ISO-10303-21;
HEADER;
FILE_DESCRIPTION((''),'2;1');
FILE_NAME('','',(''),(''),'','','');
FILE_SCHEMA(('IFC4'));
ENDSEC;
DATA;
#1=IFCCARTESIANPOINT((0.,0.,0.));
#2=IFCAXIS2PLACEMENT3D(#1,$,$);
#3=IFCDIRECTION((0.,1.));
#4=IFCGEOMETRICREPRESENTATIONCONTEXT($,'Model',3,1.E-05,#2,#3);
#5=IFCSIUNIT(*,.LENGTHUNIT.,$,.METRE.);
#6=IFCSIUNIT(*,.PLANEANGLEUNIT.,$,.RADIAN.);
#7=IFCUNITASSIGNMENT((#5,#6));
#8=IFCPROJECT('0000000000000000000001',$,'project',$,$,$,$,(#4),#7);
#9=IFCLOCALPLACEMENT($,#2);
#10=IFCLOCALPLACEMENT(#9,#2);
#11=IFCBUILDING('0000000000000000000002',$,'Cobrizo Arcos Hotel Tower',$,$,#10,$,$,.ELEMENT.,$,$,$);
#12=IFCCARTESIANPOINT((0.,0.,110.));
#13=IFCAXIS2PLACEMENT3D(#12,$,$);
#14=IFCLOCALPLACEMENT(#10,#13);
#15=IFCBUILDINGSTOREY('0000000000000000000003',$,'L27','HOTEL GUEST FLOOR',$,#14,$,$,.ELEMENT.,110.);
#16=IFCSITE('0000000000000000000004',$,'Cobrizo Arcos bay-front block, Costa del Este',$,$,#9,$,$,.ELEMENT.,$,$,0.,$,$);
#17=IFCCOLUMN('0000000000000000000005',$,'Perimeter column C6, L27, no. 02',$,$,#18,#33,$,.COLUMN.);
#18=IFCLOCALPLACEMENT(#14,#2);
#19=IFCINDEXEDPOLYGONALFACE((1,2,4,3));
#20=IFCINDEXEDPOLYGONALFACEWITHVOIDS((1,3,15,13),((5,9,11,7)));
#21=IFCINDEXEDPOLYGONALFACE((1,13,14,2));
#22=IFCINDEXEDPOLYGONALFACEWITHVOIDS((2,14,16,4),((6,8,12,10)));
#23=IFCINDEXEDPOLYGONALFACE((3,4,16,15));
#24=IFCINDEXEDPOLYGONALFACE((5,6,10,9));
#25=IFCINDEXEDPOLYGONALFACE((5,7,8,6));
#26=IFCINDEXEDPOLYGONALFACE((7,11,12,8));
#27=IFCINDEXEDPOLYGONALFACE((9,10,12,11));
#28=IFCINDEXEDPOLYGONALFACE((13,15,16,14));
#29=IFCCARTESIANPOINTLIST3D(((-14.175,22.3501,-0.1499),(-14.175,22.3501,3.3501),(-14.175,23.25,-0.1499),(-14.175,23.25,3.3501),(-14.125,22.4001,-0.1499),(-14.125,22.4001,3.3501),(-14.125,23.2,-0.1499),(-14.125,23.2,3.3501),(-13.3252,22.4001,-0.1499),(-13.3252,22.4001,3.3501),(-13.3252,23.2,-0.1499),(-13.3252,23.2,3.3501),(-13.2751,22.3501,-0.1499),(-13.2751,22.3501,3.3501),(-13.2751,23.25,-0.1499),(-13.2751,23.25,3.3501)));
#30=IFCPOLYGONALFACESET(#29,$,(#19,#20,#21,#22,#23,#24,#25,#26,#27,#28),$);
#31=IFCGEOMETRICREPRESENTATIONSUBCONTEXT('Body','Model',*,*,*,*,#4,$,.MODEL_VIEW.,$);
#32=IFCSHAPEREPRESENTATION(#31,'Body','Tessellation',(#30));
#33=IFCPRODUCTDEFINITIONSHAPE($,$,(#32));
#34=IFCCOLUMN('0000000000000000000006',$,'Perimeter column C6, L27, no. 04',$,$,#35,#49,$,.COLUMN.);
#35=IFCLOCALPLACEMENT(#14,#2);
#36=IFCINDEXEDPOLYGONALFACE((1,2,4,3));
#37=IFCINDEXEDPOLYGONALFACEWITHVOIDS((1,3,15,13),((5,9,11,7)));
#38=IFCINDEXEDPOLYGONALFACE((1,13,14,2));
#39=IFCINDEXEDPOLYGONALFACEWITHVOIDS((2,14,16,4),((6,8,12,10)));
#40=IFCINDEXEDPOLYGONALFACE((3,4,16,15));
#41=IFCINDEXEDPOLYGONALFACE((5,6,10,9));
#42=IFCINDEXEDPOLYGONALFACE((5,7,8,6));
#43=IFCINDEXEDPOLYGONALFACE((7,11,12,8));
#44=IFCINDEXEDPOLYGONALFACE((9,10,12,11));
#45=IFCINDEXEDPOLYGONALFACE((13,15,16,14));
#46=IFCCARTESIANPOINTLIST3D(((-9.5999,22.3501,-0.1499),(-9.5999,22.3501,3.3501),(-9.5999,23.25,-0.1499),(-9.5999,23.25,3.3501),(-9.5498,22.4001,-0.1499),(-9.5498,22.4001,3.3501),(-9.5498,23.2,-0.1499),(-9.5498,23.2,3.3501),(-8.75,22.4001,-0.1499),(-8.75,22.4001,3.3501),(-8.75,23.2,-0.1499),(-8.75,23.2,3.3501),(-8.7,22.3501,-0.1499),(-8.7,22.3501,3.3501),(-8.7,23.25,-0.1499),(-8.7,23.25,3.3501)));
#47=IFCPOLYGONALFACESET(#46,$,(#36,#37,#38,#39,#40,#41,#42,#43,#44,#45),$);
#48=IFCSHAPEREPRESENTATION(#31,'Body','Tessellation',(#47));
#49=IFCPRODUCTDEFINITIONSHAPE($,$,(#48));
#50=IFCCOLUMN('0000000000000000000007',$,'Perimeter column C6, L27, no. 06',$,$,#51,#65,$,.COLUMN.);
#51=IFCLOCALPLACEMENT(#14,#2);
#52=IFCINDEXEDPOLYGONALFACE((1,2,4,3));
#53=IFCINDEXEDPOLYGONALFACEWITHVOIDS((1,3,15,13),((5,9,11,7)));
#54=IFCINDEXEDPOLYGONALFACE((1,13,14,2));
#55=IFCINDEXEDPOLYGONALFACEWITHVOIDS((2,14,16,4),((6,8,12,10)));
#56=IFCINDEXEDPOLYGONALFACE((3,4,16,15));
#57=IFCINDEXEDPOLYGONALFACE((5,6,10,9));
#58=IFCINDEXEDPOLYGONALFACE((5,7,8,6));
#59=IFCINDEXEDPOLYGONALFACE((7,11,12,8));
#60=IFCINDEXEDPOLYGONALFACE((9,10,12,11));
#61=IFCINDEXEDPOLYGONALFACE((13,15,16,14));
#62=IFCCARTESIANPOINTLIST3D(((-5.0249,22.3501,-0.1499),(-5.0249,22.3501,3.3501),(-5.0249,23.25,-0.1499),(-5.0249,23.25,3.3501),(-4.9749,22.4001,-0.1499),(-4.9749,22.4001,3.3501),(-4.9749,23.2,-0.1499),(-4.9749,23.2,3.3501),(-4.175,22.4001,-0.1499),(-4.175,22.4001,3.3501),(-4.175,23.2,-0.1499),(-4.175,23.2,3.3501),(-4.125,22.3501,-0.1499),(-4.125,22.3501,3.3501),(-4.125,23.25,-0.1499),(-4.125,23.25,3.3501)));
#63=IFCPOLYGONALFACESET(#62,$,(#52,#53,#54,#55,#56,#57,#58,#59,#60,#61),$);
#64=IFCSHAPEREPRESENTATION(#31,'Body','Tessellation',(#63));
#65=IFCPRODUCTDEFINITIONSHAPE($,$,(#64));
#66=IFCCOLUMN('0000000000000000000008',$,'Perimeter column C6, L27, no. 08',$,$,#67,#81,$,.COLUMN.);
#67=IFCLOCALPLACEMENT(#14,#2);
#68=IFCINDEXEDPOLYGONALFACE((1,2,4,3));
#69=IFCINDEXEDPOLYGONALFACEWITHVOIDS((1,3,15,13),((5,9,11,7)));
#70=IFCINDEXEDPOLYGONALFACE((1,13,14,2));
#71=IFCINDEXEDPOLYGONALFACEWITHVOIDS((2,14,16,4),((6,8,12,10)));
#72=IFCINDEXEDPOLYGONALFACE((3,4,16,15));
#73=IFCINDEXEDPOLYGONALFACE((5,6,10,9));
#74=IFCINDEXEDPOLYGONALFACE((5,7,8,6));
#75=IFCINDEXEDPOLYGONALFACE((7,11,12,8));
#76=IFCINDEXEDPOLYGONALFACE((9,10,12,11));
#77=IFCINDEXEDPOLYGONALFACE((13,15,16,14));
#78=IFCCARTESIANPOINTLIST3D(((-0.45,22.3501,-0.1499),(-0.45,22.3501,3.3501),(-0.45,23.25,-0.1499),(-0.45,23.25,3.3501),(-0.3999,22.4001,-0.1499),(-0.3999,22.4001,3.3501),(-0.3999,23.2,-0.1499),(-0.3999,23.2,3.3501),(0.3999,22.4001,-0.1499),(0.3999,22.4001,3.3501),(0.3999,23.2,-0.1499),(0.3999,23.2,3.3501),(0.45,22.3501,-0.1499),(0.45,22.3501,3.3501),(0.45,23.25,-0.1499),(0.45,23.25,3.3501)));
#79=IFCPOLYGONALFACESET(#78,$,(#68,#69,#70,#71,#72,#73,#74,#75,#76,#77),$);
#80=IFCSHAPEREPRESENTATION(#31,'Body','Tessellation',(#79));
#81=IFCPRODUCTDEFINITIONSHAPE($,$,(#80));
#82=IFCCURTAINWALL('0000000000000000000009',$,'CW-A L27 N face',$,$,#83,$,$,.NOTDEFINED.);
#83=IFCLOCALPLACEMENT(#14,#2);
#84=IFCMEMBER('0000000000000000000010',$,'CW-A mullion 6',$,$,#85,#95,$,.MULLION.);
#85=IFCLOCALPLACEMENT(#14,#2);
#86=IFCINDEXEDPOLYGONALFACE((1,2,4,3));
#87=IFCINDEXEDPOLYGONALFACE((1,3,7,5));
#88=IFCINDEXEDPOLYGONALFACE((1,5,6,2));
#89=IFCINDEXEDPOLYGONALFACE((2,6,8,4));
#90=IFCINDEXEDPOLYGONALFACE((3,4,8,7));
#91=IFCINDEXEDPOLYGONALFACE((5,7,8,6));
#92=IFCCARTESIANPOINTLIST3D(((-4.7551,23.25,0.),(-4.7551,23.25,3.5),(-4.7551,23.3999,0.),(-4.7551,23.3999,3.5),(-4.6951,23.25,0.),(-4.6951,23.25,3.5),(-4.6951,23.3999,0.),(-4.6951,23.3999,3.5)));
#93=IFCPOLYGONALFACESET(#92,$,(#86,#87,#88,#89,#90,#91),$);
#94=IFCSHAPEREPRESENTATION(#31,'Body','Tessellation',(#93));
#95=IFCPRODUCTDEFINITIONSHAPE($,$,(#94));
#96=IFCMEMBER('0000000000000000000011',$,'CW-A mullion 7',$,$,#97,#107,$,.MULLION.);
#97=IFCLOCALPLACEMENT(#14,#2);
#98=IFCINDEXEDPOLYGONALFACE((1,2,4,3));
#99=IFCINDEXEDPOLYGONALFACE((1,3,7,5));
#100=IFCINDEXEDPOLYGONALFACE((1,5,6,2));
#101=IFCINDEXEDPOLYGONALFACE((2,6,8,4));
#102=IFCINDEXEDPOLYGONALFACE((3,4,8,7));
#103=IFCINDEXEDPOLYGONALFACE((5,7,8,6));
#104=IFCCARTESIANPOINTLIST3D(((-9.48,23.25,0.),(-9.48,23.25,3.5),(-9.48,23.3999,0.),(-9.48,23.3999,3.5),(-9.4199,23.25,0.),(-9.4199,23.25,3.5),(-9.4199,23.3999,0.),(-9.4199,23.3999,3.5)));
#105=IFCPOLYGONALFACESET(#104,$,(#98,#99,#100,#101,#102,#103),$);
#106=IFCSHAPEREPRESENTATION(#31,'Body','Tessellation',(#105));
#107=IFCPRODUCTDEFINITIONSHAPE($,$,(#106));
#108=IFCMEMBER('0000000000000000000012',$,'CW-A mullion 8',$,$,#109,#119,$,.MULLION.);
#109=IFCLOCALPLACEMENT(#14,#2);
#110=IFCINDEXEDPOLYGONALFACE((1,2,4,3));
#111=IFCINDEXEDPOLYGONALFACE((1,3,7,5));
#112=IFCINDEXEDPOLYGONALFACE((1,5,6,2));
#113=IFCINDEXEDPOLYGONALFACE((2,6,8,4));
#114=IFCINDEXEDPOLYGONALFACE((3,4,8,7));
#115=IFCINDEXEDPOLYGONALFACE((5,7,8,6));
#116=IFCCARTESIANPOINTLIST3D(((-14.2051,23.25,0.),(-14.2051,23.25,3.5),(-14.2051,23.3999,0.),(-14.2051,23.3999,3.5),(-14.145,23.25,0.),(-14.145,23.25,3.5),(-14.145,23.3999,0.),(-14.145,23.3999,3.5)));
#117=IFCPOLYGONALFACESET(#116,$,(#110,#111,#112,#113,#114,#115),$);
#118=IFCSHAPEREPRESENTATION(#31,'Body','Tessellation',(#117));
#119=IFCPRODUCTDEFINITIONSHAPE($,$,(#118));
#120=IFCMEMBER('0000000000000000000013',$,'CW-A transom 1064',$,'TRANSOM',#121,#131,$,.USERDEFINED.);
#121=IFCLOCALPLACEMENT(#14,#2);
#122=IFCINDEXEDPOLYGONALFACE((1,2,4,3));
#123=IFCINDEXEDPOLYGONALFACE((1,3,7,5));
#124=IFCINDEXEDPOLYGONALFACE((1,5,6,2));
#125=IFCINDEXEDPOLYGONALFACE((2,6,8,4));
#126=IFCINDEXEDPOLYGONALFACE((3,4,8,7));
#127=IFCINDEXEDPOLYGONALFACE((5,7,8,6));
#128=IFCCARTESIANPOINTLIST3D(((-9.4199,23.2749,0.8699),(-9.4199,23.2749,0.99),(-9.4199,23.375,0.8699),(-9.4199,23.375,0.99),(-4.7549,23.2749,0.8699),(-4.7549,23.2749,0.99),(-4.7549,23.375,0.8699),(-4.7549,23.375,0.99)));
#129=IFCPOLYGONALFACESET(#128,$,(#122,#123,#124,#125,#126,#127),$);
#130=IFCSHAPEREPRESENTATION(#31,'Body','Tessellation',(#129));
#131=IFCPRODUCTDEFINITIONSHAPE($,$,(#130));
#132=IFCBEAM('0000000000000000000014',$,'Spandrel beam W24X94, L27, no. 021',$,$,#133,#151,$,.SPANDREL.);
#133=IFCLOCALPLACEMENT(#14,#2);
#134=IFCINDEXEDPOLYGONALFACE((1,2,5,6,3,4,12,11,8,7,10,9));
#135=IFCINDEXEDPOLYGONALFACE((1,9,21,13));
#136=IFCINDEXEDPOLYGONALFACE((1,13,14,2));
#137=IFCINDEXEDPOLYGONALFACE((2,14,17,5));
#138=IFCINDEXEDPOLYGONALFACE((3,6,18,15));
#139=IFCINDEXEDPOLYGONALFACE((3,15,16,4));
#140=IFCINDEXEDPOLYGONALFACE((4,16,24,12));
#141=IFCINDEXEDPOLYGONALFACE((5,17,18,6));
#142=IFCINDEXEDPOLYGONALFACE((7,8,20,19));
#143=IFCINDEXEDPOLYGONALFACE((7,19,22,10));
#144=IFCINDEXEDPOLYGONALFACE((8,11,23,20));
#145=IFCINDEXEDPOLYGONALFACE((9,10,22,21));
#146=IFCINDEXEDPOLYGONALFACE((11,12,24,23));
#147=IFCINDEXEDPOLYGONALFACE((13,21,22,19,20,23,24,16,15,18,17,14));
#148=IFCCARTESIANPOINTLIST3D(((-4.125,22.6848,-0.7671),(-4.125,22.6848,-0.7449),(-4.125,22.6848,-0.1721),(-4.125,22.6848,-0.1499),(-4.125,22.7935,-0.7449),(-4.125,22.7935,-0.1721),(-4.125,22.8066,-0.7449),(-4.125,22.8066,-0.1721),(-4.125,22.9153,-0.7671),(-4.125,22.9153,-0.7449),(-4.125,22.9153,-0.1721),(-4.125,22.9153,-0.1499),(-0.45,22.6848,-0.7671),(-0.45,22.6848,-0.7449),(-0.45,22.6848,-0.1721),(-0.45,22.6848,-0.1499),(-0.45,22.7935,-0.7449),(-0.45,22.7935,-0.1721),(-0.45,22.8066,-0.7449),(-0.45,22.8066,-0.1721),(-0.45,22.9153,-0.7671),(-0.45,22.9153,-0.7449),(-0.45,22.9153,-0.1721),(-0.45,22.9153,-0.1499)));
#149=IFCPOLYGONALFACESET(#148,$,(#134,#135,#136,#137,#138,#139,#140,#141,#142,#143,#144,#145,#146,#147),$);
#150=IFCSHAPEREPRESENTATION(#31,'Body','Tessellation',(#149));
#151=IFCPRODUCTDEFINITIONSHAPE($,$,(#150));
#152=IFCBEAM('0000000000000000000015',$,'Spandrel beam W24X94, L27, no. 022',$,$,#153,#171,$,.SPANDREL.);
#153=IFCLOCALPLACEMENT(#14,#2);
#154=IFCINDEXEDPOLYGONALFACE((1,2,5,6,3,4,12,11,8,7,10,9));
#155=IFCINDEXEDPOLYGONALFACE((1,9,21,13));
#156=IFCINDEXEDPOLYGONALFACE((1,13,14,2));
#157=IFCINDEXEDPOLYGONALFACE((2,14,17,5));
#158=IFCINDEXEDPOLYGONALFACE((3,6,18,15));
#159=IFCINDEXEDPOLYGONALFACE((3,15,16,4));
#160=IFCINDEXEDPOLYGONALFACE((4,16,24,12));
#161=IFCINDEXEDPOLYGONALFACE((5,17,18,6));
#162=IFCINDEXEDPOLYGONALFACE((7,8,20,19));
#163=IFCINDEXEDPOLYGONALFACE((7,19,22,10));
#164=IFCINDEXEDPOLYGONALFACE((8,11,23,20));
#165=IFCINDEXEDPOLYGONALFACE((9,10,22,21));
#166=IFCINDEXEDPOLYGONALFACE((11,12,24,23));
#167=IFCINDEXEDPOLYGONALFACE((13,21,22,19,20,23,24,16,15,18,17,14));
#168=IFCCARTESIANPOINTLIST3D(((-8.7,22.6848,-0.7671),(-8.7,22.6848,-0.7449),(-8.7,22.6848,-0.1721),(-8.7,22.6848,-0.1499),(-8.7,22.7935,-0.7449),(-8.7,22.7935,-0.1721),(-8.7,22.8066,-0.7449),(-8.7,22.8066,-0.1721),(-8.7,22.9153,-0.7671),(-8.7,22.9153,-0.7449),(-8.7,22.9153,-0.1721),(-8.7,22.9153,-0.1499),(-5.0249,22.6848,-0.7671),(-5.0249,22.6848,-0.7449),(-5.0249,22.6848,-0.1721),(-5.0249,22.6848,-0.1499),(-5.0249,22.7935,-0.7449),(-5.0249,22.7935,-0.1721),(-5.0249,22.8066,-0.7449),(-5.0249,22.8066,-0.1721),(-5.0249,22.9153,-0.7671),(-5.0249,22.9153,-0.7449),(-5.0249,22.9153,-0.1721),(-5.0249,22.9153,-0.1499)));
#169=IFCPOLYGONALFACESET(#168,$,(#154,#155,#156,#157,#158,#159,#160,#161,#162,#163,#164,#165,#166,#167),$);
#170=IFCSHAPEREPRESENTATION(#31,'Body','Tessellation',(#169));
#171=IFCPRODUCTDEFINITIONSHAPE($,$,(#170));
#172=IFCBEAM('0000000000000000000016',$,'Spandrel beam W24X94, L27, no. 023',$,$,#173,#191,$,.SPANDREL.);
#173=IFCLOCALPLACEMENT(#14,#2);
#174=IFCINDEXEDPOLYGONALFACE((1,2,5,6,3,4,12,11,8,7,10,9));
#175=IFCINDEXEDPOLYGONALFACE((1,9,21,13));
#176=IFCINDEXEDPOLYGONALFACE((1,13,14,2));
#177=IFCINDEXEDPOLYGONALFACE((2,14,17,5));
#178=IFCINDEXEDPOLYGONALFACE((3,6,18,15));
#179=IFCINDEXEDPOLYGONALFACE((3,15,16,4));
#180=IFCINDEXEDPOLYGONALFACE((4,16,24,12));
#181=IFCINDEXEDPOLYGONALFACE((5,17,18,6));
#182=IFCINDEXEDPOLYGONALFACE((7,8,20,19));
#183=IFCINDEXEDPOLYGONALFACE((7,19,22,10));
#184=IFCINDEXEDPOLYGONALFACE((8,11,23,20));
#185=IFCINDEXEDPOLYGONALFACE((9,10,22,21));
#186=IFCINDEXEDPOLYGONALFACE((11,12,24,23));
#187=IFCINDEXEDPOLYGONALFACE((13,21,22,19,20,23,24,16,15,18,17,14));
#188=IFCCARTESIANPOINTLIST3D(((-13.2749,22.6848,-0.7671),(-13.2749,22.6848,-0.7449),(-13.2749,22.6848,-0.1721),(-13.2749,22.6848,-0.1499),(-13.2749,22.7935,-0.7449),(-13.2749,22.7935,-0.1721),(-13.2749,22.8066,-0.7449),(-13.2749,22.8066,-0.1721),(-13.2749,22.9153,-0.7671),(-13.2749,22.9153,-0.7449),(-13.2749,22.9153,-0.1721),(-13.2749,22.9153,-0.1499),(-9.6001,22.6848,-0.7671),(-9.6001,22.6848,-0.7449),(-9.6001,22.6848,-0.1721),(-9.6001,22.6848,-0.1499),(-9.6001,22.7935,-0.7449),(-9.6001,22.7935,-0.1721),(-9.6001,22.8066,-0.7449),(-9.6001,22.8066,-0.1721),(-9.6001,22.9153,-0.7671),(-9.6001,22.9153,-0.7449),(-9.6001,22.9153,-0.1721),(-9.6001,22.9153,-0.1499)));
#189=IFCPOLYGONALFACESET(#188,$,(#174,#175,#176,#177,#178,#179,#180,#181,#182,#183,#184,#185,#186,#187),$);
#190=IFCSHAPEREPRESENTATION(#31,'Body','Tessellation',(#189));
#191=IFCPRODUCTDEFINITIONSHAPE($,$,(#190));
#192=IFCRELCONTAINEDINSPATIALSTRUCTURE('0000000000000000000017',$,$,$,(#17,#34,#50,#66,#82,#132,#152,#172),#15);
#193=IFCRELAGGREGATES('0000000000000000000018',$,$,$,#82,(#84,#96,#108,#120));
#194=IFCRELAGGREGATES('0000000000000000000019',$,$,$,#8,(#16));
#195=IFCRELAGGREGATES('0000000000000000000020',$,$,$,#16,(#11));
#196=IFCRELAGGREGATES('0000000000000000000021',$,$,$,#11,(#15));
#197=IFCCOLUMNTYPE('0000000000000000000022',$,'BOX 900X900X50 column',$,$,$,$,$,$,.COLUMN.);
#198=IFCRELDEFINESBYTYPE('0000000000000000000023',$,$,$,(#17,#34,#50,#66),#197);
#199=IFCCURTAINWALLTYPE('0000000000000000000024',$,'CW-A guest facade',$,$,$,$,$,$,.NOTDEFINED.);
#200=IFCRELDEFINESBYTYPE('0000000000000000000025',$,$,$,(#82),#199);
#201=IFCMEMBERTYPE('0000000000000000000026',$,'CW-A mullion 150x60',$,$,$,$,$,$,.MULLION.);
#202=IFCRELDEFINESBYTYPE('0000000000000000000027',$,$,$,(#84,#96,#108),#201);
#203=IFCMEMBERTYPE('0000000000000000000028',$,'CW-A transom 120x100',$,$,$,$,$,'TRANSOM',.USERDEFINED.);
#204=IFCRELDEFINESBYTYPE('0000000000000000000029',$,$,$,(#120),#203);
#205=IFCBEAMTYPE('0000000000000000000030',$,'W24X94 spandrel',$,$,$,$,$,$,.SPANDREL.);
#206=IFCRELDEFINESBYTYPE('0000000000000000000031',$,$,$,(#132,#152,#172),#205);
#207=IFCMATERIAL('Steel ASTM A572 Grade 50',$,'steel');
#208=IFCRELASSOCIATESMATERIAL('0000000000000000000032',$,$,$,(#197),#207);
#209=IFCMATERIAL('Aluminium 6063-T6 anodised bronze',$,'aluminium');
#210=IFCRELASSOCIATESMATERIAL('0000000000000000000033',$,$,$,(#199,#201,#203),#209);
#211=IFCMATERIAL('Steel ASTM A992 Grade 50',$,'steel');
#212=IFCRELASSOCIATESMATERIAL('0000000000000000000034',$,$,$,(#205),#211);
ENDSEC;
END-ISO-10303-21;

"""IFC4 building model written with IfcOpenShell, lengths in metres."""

from ifc_helpers import new_model, si_unit, direction, frame, origin, origin_2d, place, context, subcontext, project, spatial, rectangle, hollow_rectangle, i_section, extrude, material, material_profile, profile_set, type_object, element, aggregate, save


model = new_model("IFC4")

# Units and contexts
model_context = context("Model", 3, precision=1e-05, world=origin(), true_north=direction((0.0, 1.0)))
body_context = subcontext(model_context, "Body", "Model", "MODEL_VIEW")
ifc_project = project(units=[si_unit("LENGTHUNIT", "METRE"), si_unit("PLANEANGLEUNIT", "RADIAN")], contexts=[model_context])

# Site, building, storey
site_placement = place(None, origin())
site = spatial("IfcSite", under=ifc_project, at=site_placement, Name="Cobrizo Arcos bay-front block, Costa del Este", CompositionType="ELEMENT", RefElevation=0.0)
building_placement = place(site_placement, origin())
building = spatial("IfcBuilding", under=site, at=building_placement, Name="Cobrizo Arcos Hotel Tower", CompositionType="ELEMENT")
storey_placement = place(building_placement, frame((0.0, 0.0, 110.0)))
storey = spatial("IfcBuildingStorey", under=building, at=storey_placement, Name="L27", Description="HOTEL GUEST FLOOR", CompositionType="ELEMENT", Elevation=110.0)

# Columns
ifc_material_1 = material(Name="Steel ASTM A572 Grade 50", Category="steel")
ifc_material_profile_1 = material_profile(ifc_material_1, hollow_rectangle(XDim=0.8999, YDim=0.8999, WallThickness=0.05, at=origin_2d()), Name="BOX 900X900X50")
ifc_profile_set_1 = profile_set([ifc_material_profile_1], Name="Steel ASTM A572 Grade 50")
column_type = type_object("IfcColumnType", Name="BOX 900X900X50 column", PredefinedType="COLUMN", material=ifc_profile_set_1)
for number, where, z_axis, x_axis, name in (
    (1, (-13.7251, 22.8, -0.1499), (0.0, 0.0, 1.0), (1.0, 0.0, 0.0), "Perimeter column C6, L27, no. 02"),
    (2, (-9.1499, 22.8, -0.1499), (0.0, 0.0, 1.0), (1.0, 0.0, 0.0), "Perimeter column C6, L27, no. 04"),
    (3, (-4.575, 22.8, -0.1499), (0.0, 0.0, 1.0), (1.0, 0.0, 0.0), "Perimeter column C6, L27, no. 06"),
    (4, (0.0, 22.8, -0.1499), (0.0, 0.0, 1.0), (1.0, 0.0, 0.0), "Perimeter column C6, L27, no. 08"),
):
    element("IfcColumn", number, at=place(storey_placement, frame(where, z_axis=z_axis, x_axis=x_axis)), inside=storey, type_object=column_type, Name=name, PredefinedType="COLUMN", context=body_context, shape_type="SweptSolid", body=[
        extrude(hollow_rectangle(XDim=0.8999, YDim=0.8999, WallThickness=0.05, at=origin_2d()), origin(), (0.0, 0.0, 1.0), 3.5),
    ])

# Curtain wall, members
ifc_material_2 = material(Name="Aluminium 6063-T6 anodised bronze", Category="aluminium")
curtain_wall_type = type_object("IfcCurtainWallType", Name="CW-A guest facade", PredefinedType="NOTDEFINED", material=ifc_material_2)
curtain_wall_placement = place(storey_placement, origin())
curtain_wall = element("IfcCurtainWall", 5, at=curtain_wall_placement, inside=storey, type_object=curtain_wall_type, Name="CW-A L27 N face", PredefinedType="NOTDEFINED")
ifc_material_profile_2 = material_profile(ifc_material_2, rectangle(XDim=0.1499, YDim=0.0601, at=origin_2d()), Name="CW-A mullion 150x60")
ifc_profile_set_2 = profile_set([ifc_material_profile_2], Name="Aluminium 6063-T6 anodised bronze")
member_type_1 = type_object("IfcMemberType", Name="CW-A mullion 150x60", PredefinedType="MULLION", material=ifc_profile_set_2)
member_1_placement = place(storey_placement, frame((-4.7251, 23.325, 0.0), z_axis=(0.0, 0.0, 1.0), x_axis=(0.0, 1.0, 0.0)))
member_1 = element("IfcMember", 6, at=member_1_placement, type_object=member_type_1, Name="CW-A mullion 6", PredefinedType="MULLION", context=body_context, shape_type="SweptSolid", body=[
    extrude(rectangle(XDim=0.1499, YDim=0.0601, at=origin_2d()), origin(), (0.0, 0.0, 1.0), 3.5),
])
member_2_placement = place(storey_placement, frame((-9.45, 23.325, 0.0), z_axis=(0.0, 0.0, 1.0), x_axis=(0.0, 1.0, 0.0)))
member_2 = element("IfcMember", 7, at=member_2_placement, type_object=member_type_1, Name="CW-A mullion 7", PredefinedType="MULLION", context=body_context, shape_type="SweptSolid", body=[
    extrude(rectangle(XDim=0.1499, YDim=0.0601, at=origin_2d()), origin(), (0.0, 0.0, 1.0), 3.5),
])
member_3_placement = place(storey_placement, frame((-14.175, 23.325, 0.0), z_axis=(0.0, 0.0, 1.0), x_axis=(0.0, 1.0, 0.0)))
member_3 = element("IfcMember", 8, at=member_3_placement, type_object=member_type_1, Name="CW-A mullion 8", PredefinedType="MULLION", context=body_context, shape_type="SweptSolid", body=[
    extrude(rectangle(XDim=0.1499, YDim=0.0601, at=origin_2d()), origin(), (0.0, 0.0, 1.0), 3.5),
])
ifc_material_profile_3 = material_profile(ifc_material_2, rectangle(XDim=0.1001, YDim=0.1201, at=origin_2d()), Name="CW-A transom 120x100")
ifc_profile_set_3 = profile_set([ifc_material_profile_3], Name="Aluminium 6063-T6 anodised bronze")
member_type_2 = type_object("IfcMemberType", Name="CW-A transom 120x100", ElementType="TRANSOM", PredefinedType="USERDEFINED", material=ifc_profile_set_3)
member_4_placement = place(storey_placement, frame((-4.7549, 23.325, 0.9299), z_axis=(-1.0, 0.0, 0.0), x_axis=(0.0, -1.0, 0.0)))
member_4 = element("IfcMember", 9, at=member_4_placement, type_object=member_type_2, Name="CW-A transom 1064", ObjectType="TRANSOM", PredefinedType="USERDEFINED", context=body_context, shape_type="SweptSolid", body=[
    extrude(rectangle(XDim=0.1001, YDim=0.1201, at=origin_2d()), origin(), (0.0, 0.0, 1.0), 4.665),
])

# Beams
ifc_material_3 = material(Name="Steel ASTM A992 Grade 50", Category="steel")
ifc_material_profile_4 = material_profile(ifc_material_3, i_section(OverallWidth=0.2305, OverallDepth=0.6172, WebThickness=0.0132, FlangeThickness=0.0222, at=origin_2d()), Name="W24X94")
ifc_profile_set_4 = profile_set([ifc_material_profile_4], Name="Steel ASTM A992 Grade 50")
beam_type = type_object("IfcBeamType", Name="W24X94 spandrel", PredefinedType="SPANDREL", material=ifc_profile_set_4)
for number, where, z_axis, x_axis, name in (
    (10, (-0.45, 22.8, -0.4585), (-1.0, 0.0, 0.0), (0.0, -1.0, 0.0), "Spandrel beam W24X94, L27, no. 021"),
    (11, (-5.0249, 22.8, -0.4585), (-1.0, 0.0, 0.0), (0.0, -1.0, 0.0), "Spandrel beam W24X94, L27, no. 022"),
):
    element("IfcBeam", number, at=place(storey_placement, frame(where, z_axis=z_axis, x_axis=x_axis)), inside=storey, type_object=beam_type, Name=name, PredefinedType="SPANDREL", context=body_context, shape_type="SweptSolid", body=[
        extrude(i_section(OverallWidth=0.2305, OverallDepth=0.6172, WebThickness=0.0132, FlangeThickness=0.0222, at=origin_2d()), origin(), (0.0, 0.0, 1.0), 3.675),
    ])
beam_1_placement = place(storey_placement, frame((-9.6001, 22.8, -0.4585), z_axis=(-1.0, 0.0, 0.0), x_axis=(0.0, -1.0, 0.0)))
element("IfcBeam", 12, at=beam_1_placement, inside=storey, type_object=beam_type, Name="Spandrel beam W24X94, L27, no. 023", PredefinedType="SPANDREL", context=body_context, shape_type="SweptSolid", body=[
    extrude(i_section(OverallWidth=0.2305, OverallDepth=0.6172, WebThickness=0.0132, FlangeThickness=0.0222, at=origin_2d()), origin(), (0.0, 0.0, 1.0), 3.6748),
])

aggregate(curtain_wall, [member_1, member_2, member_3, member_4])

save(model, "model.ifc")
